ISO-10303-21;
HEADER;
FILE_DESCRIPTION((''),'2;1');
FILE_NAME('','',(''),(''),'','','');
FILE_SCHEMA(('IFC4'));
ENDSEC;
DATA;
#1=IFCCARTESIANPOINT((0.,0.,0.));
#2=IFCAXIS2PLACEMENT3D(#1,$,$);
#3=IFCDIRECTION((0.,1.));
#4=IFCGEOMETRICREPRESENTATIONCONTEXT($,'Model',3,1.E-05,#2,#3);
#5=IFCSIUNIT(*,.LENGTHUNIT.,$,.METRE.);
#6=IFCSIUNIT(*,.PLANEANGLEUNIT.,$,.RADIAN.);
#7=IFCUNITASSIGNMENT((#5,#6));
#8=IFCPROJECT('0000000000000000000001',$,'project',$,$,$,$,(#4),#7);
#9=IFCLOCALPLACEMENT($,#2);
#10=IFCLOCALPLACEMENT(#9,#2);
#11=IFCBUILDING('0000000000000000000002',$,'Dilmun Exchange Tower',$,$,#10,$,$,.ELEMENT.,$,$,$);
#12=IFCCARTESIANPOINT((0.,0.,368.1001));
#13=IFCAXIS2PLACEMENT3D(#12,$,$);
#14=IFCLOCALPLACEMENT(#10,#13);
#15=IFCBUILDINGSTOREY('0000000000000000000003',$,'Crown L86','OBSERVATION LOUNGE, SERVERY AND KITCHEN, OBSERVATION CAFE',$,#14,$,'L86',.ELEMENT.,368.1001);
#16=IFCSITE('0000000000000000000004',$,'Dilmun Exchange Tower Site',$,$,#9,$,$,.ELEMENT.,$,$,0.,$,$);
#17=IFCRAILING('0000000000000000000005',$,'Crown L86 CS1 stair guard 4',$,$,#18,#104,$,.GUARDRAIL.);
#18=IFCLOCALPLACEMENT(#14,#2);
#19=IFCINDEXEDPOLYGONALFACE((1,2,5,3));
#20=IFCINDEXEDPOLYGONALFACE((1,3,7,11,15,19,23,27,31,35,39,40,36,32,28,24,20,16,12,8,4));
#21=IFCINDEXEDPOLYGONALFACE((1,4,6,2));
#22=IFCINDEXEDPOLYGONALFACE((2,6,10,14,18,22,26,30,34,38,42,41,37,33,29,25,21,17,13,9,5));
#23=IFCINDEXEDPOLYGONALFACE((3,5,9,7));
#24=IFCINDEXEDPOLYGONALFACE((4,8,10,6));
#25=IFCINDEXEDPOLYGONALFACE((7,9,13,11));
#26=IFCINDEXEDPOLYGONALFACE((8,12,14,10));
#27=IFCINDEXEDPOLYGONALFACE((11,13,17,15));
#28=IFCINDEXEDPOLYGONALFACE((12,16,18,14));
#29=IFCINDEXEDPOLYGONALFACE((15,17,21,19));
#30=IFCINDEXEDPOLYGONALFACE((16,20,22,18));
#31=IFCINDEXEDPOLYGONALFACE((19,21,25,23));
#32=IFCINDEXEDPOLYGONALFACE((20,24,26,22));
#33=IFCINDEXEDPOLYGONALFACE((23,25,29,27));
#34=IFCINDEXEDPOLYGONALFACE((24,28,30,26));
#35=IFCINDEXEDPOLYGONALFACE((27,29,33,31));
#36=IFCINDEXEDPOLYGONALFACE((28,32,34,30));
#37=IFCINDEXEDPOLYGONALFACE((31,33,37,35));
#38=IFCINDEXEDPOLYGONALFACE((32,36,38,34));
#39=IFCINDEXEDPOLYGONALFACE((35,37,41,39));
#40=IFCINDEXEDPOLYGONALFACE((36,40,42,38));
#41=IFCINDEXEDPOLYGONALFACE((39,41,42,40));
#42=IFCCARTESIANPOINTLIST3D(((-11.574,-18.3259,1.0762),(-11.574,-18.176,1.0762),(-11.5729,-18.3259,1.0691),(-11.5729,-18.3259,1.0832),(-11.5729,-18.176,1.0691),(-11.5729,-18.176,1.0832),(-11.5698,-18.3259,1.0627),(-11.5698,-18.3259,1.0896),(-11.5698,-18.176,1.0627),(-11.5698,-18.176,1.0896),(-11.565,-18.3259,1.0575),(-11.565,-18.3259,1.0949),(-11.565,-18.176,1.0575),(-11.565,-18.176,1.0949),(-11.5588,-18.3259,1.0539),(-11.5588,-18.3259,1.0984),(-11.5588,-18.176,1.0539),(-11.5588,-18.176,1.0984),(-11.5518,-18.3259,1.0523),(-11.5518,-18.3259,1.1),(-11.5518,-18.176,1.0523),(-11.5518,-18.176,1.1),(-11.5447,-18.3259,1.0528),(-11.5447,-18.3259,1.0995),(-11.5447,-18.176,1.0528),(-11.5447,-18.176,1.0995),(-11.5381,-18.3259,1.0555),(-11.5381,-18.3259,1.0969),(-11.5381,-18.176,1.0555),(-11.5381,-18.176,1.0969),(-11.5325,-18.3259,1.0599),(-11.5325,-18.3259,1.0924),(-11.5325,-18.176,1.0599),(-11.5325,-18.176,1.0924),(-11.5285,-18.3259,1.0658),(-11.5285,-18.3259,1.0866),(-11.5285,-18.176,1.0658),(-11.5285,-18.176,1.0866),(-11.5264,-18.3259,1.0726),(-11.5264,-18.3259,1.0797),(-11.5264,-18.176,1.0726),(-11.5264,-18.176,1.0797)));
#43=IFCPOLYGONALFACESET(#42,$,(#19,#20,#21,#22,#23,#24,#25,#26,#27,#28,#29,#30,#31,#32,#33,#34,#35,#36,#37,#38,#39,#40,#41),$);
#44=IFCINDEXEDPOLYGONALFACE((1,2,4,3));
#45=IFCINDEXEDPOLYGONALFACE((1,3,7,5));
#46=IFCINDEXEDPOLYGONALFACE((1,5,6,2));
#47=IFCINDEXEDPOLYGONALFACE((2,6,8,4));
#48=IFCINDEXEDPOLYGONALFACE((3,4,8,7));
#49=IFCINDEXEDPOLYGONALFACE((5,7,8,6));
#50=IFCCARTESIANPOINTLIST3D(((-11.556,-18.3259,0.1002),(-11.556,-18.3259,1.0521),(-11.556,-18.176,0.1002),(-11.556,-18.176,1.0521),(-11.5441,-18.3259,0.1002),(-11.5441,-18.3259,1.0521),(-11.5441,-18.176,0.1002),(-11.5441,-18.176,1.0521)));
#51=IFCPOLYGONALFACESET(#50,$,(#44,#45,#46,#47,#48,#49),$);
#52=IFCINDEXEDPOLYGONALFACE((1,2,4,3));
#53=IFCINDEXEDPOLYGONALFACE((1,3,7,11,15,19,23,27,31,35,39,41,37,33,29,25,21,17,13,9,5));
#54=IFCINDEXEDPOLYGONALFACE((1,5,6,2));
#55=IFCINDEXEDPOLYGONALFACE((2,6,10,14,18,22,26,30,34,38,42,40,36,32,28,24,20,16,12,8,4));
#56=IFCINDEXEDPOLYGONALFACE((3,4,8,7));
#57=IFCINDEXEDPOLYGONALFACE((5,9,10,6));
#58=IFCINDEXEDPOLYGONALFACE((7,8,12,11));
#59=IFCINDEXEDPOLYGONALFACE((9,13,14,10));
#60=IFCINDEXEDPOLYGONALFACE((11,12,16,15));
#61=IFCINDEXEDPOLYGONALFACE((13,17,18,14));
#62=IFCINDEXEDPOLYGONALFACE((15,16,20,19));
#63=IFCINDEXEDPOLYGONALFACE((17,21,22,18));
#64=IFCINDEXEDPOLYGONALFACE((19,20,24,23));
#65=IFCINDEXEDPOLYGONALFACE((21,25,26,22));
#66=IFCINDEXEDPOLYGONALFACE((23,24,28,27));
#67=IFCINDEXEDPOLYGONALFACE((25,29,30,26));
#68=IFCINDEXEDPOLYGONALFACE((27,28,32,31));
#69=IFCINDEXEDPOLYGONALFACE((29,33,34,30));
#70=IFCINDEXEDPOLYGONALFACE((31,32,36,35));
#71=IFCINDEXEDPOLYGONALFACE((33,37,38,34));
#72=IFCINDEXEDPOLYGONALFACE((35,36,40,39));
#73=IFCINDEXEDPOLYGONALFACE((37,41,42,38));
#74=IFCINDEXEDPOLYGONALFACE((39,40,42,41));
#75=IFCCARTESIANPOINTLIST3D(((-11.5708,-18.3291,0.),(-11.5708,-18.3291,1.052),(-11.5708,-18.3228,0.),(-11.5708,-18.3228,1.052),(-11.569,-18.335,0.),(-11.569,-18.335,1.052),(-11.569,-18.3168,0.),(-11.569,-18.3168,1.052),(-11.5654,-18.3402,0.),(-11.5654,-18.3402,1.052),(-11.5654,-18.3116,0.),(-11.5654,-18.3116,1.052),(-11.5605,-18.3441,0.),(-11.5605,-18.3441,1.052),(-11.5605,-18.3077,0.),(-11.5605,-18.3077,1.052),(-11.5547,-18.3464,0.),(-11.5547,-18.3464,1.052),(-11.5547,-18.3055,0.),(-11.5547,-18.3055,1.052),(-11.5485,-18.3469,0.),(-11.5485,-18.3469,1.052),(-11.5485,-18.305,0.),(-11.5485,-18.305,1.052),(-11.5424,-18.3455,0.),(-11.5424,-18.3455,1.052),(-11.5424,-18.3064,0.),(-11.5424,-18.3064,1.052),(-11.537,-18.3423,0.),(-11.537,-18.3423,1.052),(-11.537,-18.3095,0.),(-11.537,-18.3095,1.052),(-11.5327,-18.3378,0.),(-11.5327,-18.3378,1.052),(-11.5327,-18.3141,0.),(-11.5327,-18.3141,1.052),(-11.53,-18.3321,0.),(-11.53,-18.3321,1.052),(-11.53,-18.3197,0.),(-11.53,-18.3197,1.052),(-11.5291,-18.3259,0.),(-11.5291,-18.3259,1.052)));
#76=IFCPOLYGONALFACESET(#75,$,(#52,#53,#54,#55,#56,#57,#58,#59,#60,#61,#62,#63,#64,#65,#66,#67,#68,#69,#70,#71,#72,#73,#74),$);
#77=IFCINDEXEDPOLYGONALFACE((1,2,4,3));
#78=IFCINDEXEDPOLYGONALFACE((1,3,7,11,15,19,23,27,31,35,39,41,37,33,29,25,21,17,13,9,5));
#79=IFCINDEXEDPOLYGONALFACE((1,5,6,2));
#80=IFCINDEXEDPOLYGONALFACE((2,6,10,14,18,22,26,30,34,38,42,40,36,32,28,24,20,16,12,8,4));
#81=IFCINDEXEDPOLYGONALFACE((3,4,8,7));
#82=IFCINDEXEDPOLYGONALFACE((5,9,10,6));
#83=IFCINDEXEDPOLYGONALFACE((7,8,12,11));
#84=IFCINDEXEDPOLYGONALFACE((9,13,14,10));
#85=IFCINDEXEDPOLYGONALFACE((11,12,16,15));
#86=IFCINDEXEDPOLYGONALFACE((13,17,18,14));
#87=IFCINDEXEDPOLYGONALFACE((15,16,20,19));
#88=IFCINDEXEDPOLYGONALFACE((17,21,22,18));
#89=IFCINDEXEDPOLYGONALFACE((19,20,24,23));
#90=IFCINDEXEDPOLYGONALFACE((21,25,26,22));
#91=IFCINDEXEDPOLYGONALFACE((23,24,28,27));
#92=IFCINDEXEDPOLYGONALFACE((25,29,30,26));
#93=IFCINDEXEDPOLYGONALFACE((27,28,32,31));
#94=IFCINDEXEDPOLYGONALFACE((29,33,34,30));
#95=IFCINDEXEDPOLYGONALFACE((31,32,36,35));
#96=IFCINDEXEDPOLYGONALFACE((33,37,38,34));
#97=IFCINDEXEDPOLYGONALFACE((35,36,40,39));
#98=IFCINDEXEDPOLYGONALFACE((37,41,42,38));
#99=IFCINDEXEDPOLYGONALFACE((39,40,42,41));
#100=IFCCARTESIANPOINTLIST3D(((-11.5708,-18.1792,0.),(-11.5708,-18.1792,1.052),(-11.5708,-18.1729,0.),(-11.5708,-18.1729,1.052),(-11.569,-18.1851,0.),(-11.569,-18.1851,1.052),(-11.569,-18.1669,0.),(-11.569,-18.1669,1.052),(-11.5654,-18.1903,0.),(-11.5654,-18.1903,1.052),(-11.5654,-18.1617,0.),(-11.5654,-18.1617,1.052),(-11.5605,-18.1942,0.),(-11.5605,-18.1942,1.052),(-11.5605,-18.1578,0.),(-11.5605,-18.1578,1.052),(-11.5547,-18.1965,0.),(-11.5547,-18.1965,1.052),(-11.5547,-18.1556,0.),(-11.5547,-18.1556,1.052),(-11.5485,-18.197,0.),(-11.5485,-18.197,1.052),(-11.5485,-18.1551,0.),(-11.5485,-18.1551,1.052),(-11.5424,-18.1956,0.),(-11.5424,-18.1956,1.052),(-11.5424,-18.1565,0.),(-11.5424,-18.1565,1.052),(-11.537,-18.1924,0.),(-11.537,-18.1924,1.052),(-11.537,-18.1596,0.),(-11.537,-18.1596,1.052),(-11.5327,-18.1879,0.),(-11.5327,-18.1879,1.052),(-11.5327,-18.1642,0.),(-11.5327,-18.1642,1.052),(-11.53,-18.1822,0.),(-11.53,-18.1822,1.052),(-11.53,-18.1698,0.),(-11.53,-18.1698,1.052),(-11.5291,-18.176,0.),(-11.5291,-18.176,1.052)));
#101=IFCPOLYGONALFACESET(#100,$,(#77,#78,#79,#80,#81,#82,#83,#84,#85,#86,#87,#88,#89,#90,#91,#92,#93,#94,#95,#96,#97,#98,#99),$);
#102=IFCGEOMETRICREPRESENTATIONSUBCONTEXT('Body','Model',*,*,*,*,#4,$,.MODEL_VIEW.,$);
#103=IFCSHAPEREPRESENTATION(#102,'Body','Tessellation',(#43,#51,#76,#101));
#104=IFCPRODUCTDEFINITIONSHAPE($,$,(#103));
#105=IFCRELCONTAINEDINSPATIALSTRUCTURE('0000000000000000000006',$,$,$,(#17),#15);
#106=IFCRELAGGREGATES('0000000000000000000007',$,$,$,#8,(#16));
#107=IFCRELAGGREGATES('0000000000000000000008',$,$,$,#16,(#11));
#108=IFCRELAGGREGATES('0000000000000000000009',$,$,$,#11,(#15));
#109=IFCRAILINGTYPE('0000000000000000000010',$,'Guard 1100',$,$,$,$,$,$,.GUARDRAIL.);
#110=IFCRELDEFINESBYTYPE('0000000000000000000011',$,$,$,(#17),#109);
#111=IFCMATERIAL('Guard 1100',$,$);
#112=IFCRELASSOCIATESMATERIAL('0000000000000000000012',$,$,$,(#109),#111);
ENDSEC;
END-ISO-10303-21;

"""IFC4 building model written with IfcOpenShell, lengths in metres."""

from ifc_helpers import new_model, si_unit, direction, frame, origin, origin_2d, place, context, subcontext, project, spatial, rectangle, circle, extrude, material, type_object, element, save


model = new_model("IFC4")

# Units and contexts
model_context = context("Model", 3, precision=1e-05, world=origin(), true_north=direction((0.0, 1.0)))
body_context = subcontext(model_context, "Body", "Model", "MODEL_VIEW")
ifc_project = project(units=[si_unit("LENGTHUNIT", "METRE"), si_unit("PLANEANGLEUNIT", "RADIAN")], contexts=[model_context])

# Site, building, storey
site_placement = place(None, origin())
site = spatial("IfcSite", under=ifc_project, at=site_placement, Name="Dilmun Exchange Tower Site", CompositionType="ELEMENT", RefElevation=0.0)
building_placement = place(site_placement, origin())
building = spatial("IfcBuilding", under=site, at=building_placement, Name="Dilmun Exchange Tower", CompositionType="ELEMENT")
storey_placement = place(building_placement, frame((0.0, 0.0, 368.1001)))
storey = spatial("IfcBuildingStorey", under=building, at=storey_placement, Name="Crown L86", Description="OBSERVATION LOUNGE, SERVERY AND KITCHEN, OBSERVATION CAFE", LongName="L86", CompositionType="ELEMENT", Elevation=368.1001)

# Railing
ifc_material_1 = material(Name="Guard 1100")
railing_type_1 = type_object("IfcRailingType", Name="Guard 1100", PredefinedType="GUARDRAIL", material=ifc_material_1)
railing_1_placement = place(storey_placement, frame((-11.55, -18.3259, 0.0)))
element("IfcRailing", 1, at=railing_1_placement, inside=storey, type_object=railing_type_1, Name="Crown L86 CS1 stair guard 4", PredefinedType="GUARDRAIL", context=body_context, shape_type="SweptSolid", body=[
    extrude(circle(Radius=0.0239, at=origin_2d()), frame((0.0, 0.0, 1.0762), z_axis=(0.0, 1.0, 0.0), x_axis=(-1.0, 0.0, 0.0)), (0.0, 0.0, 1.0), 0.1499),
    extrude(rectangle(XDim=0.012, YDim=0.9519, at=origin_2d()), frame((0.0, 0.0, 0.5762), z_axis=(0.0, 1.0, 0.0), x_axis=(-1.0, 0.0, 0.0)), (0.0, 0.0, 1.0), 0.1499),
    extrude(circle(Radius=0.021, at=origin_2d()), origin(), (0.0, 0.0, 1.0), 1.052),
    extrude(circle(Radius=0.021, at=origin_2d()), frame((0.0, 0.1499, 0.0)), (0.0, 0.0, 1.0), 1.052),
])

save(model, "model.ifc")
